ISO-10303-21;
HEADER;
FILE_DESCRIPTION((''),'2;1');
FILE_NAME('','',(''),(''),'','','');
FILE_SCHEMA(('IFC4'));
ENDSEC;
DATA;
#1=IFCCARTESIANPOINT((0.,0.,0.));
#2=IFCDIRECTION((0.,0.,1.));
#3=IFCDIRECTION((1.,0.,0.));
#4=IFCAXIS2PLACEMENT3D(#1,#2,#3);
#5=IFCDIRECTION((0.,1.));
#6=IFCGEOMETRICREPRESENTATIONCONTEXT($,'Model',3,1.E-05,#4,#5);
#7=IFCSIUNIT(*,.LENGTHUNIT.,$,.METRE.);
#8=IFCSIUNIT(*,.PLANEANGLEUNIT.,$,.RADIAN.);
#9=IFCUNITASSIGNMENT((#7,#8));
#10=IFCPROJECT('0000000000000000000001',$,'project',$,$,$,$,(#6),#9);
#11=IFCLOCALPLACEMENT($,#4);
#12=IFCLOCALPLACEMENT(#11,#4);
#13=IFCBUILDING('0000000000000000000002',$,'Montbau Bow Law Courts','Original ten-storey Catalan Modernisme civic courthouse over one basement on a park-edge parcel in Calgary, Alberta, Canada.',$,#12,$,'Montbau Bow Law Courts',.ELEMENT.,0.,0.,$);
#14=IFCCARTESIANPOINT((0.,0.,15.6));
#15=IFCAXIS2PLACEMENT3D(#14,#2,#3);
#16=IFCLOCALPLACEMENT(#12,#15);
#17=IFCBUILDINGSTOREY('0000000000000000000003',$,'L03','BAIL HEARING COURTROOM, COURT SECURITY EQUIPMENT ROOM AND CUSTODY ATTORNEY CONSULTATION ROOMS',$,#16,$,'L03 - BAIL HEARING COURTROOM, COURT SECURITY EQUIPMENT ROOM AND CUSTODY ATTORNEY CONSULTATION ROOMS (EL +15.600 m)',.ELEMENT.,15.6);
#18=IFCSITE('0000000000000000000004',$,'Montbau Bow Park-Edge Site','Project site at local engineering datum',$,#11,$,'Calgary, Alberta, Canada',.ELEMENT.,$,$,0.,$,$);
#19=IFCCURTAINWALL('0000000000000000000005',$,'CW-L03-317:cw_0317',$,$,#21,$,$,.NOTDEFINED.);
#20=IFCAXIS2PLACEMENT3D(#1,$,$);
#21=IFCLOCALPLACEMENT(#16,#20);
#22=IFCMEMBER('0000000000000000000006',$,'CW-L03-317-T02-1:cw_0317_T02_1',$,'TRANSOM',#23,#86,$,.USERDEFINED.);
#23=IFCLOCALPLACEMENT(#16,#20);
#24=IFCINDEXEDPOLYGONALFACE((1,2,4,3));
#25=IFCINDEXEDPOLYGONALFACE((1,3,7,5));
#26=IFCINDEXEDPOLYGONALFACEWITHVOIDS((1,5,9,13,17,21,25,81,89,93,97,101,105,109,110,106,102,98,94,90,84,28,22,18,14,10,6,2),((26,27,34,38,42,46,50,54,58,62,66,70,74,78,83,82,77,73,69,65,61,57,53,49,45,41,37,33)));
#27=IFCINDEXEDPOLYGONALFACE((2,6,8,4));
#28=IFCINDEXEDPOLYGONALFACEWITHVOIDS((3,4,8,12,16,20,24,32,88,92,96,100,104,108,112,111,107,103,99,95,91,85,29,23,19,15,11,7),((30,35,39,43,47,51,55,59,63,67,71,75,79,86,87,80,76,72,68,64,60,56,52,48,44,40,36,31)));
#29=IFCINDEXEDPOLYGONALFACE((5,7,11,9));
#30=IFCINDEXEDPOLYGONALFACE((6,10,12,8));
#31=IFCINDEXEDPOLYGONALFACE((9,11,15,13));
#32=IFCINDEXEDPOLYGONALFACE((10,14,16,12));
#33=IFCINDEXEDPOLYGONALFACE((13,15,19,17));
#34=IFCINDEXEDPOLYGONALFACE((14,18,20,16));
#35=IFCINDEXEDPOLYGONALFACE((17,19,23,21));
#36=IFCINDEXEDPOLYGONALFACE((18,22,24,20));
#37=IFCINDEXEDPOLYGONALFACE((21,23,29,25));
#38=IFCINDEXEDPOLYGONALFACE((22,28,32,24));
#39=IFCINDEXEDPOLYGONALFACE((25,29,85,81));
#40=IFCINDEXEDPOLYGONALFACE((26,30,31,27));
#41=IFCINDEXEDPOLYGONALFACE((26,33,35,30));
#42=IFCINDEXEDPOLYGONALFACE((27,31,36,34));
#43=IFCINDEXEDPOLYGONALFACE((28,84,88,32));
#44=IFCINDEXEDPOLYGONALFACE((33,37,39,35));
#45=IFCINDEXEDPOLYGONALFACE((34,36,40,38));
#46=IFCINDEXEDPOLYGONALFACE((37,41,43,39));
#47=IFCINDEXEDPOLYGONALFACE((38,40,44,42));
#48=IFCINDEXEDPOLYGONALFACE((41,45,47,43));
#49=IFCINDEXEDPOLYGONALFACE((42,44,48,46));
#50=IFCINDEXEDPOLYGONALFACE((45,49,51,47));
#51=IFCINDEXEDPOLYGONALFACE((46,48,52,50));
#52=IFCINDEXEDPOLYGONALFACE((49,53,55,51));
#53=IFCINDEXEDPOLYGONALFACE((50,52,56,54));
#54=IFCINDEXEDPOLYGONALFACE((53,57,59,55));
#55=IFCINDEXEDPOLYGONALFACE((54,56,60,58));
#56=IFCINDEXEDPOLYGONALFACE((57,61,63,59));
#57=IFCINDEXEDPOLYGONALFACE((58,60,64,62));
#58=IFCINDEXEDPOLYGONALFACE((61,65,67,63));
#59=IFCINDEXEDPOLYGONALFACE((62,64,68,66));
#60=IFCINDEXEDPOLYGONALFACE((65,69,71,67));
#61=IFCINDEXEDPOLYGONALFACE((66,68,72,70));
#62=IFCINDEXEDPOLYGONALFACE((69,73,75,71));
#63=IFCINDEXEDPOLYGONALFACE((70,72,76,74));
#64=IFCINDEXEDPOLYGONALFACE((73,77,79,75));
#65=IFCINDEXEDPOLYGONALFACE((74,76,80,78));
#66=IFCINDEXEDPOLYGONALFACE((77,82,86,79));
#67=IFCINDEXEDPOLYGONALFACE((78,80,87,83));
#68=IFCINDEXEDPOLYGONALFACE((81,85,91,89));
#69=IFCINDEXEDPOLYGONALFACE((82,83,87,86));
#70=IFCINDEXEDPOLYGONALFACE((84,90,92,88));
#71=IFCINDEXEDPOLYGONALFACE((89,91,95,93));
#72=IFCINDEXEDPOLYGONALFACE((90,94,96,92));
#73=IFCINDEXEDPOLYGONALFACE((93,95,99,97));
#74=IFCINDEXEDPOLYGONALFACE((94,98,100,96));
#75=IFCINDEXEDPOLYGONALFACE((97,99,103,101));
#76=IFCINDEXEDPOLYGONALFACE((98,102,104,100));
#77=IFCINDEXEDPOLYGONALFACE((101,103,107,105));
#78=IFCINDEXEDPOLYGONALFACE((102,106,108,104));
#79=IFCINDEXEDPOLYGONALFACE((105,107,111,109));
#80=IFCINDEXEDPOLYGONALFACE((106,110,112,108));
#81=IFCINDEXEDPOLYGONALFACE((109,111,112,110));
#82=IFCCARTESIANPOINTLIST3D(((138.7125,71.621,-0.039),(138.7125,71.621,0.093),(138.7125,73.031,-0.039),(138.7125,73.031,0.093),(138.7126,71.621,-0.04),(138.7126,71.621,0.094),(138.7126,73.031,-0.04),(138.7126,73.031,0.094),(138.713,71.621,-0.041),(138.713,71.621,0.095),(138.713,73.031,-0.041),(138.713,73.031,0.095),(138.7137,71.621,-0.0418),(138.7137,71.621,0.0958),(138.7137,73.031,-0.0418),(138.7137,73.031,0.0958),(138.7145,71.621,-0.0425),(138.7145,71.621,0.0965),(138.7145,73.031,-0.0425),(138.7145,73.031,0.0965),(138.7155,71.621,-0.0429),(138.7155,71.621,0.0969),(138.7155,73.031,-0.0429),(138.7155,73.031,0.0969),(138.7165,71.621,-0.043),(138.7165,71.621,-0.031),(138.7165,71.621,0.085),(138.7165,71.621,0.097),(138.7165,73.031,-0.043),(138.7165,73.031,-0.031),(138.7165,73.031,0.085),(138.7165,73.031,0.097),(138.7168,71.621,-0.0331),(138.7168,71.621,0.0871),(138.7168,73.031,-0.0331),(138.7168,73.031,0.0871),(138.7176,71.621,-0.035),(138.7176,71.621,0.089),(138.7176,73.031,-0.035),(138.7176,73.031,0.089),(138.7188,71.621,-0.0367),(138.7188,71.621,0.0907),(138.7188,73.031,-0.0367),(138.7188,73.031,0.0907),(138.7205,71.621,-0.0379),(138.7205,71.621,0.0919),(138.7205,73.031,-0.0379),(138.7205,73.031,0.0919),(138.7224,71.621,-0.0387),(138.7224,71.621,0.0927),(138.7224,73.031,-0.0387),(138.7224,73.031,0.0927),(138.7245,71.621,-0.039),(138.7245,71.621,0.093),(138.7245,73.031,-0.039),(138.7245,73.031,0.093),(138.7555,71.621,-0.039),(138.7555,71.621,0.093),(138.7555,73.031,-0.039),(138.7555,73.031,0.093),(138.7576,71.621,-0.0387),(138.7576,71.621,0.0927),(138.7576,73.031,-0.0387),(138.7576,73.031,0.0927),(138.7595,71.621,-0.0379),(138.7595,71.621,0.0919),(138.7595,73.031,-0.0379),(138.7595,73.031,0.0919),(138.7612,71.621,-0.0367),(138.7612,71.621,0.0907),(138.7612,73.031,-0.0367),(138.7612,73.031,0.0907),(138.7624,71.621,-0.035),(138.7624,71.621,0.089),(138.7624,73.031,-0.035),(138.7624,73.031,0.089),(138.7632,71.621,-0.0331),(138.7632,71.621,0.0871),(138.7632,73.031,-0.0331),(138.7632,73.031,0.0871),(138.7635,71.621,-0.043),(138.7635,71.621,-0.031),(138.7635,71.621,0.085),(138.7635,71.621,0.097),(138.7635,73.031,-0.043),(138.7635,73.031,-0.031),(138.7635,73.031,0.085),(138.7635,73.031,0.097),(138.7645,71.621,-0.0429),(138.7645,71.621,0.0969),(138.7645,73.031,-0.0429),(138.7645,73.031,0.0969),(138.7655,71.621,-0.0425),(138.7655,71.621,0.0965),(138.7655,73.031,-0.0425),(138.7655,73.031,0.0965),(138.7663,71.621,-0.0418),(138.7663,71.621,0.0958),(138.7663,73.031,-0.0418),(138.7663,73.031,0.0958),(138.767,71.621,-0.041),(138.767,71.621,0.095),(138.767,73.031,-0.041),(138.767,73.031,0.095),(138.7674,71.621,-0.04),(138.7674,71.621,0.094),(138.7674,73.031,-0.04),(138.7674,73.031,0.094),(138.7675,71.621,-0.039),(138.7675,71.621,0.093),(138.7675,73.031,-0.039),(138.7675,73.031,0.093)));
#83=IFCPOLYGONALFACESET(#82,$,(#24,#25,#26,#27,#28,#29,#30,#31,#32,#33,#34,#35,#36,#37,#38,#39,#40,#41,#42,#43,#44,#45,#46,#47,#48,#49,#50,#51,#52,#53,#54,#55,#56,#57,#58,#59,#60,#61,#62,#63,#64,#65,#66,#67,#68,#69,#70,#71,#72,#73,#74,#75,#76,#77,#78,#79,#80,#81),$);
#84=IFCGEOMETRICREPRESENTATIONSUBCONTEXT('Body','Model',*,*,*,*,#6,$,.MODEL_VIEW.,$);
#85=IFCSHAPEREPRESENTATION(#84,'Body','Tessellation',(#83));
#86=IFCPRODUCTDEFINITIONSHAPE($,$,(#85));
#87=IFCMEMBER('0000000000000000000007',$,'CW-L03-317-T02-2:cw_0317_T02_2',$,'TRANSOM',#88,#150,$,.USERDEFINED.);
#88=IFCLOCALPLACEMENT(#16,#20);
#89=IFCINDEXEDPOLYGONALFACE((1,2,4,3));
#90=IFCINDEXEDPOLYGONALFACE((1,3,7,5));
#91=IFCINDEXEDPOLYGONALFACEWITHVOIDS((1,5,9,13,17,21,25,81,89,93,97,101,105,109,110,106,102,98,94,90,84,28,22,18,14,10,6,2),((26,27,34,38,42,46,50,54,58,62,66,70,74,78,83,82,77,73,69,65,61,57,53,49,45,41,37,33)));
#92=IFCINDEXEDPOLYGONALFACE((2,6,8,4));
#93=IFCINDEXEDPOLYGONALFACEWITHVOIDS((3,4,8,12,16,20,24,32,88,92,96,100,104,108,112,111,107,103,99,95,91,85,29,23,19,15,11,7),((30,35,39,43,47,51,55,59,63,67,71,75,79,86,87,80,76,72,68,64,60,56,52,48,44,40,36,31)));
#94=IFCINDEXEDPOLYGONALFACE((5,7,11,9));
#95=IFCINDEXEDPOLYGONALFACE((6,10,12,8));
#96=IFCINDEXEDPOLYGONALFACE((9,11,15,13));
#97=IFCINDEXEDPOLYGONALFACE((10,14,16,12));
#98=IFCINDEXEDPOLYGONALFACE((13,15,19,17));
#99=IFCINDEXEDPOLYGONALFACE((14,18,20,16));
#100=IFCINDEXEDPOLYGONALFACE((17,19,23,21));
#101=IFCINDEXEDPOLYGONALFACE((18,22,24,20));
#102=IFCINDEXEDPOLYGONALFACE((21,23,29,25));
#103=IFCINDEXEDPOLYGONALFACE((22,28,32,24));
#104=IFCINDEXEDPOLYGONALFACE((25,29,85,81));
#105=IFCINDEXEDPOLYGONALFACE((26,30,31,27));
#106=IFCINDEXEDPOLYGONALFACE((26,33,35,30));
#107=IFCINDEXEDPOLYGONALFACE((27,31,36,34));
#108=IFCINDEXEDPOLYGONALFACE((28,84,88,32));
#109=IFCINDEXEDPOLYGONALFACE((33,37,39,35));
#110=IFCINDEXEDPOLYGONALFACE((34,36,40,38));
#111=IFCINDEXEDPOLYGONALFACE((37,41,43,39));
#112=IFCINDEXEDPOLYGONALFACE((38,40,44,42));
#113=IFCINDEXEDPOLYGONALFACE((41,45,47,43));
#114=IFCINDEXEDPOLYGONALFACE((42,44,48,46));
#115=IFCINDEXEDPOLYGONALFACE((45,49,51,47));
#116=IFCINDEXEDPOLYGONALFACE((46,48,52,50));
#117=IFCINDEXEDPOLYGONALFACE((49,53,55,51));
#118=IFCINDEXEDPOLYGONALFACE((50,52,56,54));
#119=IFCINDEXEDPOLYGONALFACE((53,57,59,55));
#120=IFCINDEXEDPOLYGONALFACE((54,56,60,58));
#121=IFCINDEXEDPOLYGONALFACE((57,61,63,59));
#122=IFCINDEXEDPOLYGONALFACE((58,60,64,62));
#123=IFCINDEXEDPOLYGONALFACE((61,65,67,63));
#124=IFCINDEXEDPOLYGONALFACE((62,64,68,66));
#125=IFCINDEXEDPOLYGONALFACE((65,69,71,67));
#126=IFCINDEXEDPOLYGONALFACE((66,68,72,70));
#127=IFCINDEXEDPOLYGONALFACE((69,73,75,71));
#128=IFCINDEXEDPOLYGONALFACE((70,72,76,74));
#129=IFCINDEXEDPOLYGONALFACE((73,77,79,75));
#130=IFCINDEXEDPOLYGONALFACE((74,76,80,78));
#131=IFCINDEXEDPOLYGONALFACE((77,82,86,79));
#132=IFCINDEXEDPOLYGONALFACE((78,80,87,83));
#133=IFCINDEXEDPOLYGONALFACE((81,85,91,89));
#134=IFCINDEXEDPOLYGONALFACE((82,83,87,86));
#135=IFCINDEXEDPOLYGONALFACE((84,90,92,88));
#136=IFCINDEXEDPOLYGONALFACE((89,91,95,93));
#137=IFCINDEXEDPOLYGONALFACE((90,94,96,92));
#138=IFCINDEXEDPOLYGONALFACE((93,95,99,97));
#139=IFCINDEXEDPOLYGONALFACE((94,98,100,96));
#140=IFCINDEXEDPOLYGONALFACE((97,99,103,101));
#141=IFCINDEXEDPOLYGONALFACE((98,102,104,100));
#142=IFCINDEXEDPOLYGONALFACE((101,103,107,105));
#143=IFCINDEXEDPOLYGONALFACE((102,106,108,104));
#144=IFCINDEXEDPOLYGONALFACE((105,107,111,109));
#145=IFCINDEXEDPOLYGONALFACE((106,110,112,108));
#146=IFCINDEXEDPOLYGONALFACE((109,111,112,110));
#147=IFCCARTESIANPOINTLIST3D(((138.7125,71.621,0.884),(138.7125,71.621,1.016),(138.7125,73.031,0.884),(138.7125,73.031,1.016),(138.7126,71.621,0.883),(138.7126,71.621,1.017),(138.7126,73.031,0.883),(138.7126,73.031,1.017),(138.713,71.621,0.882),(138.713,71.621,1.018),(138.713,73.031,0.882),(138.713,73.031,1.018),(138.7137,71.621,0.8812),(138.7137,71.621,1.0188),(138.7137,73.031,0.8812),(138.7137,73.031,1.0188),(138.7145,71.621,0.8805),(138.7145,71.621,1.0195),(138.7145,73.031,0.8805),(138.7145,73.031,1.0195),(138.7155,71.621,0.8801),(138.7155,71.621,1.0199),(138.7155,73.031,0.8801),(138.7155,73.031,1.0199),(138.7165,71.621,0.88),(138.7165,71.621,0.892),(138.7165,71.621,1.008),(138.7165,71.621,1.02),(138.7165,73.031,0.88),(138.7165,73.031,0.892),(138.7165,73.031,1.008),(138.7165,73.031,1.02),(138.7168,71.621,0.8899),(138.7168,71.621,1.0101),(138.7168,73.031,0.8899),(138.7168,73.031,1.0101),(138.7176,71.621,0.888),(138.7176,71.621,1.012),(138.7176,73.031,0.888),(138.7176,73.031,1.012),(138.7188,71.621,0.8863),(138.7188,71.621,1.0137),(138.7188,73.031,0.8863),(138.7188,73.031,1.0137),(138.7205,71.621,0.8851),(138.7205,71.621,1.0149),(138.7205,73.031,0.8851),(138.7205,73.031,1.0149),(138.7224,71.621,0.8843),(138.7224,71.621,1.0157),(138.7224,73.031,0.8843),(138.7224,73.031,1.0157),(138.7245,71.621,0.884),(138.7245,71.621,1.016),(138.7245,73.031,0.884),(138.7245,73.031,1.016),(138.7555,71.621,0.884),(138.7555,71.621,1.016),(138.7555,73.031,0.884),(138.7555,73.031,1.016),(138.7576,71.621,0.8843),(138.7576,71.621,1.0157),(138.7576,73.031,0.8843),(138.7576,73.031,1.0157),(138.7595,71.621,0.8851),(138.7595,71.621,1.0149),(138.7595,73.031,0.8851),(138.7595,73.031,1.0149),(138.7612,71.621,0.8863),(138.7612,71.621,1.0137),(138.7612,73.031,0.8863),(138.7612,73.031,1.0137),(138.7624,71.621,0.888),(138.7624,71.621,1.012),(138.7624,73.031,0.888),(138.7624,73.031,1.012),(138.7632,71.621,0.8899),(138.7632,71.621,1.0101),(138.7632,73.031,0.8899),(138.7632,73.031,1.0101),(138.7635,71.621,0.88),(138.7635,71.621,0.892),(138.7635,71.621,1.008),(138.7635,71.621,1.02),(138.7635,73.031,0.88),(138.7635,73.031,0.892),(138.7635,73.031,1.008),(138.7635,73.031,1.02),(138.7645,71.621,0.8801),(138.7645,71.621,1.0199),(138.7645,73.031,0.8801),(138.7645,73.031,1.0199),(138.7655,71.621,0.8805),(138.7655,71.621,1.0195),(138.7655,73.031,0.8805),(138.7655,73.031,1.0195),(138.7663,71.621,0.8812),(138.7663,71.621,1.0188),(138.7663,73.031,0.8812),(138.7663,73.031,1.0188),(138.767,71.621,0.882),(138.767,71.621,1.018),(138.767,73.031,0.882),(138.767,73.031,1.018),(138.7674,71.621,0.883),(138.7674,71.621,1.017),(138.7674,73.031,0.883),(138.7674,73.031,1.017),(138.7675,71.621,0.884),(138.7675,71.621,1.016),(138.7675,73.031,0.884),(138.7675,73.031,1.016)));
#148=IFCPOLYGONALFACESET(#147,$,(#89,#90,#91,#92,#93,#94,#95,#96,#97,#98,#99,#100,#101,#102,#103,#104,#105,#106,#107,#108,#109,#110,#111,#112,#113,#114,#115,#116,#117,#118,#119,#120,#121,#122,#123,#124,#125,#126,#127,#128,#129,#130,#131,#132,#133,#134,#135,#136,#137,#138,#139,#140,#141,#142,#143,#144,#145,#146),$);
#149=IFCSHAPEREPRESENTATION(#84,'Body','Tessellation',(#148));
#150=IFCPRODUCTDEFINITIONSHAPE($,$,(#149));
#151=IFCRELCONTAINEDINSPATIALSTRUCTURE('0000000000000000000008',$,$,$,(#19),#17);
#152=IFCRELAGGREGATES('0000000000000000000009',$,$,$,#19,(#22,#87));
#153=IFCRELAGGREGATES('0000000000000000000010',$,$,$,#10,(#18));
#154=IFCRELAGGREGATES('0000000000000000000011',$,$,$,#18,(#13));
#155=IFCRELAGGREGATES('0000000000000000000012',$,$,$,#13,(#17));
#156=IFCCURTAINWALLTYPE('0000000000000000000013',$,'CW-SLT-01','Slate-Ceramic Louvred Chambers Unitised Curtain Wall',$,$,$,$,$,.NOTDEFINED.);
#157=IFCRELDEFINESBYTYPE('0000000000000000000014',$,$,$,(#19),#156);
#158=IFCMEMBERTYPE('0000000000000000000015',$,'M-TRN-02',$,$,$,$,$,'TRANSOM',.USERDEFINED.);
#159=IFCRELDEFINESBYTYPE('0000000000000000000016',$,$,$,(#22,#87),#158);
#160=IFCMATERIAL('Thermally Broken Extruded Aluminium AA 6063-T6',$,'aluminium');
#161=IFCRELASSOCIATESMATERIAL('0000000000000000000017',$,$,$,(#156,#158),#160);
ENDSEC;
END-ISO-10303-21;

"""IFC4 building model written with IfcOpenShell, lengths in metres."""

from ifc_helpers import new_model, si_unit, direction, frame, origin_with_axes, origin_2d_with_axis, place, context, subcontext, project, spatial, hollow_rectangle, extrude, material, material_profile, profile_set, type_object, element, aggregate, save


model = new_model("IFC4")

# Units and contexts
model_context = context("Model", 3, precision=1e-05, world=origin_with_axes(), true_north=direction((0.0, 1.0)))
body_context = subcontext(model_context, "Body", "Model", "MODEL_VIEW")
ifc_project = project(units=[si_unit("LENGTHUNIT", "METRE"), si_unit("PLANEANGLEUNIT", "RADIAN")], contexts=[model_context])

# Site, building, storey
site_placement = place(None, origin_with_axes())
site = spatial("IfcSite", under=ifc_project, at=site_placement, Name="Montbau Bow Park-Edge Site", Description="Project site at local engineering datum", LongName="Calgary, Alberta, Canada", CompositionType="ELEMENT", RefElevation=0.0)
building_placement = place(site_placement, origin_with_axes())
building = spatial("IfcBuilding", under=site, at=building_placement, Name="Montbau Bow Law Courts", Description="Original ten-storey Catalan Modernisme civic courthouse over one basement on a park-edge parcel in Calgary, Alberta, Canada.", LongName="Montbau Bow Law Courts", CompositionType="ELEMENT", ElevationOfRefHeight=0.0, ElevationOfTerrain=0.0)
storey_placement = place(building_placement, frame((0.0, 0.0, 15.6), z_axis=(0.0, 0.0, 1.0), x_axis=(1.0, 0.0, 0.0)))
storey = spatial("IfcBuildingStorey", under=building, at=storey_placement, Name="L03", Description="BAIL HEARING COURTROOM, COURT SECURITY EQUIPMENT ROOM AND CUSTODY ATTORNEY CONSULTATION ROOMS", LongName="L03 - BAIL HEARING COURTROOM, COURT SECURITY EQUIPMENT ROOM AND CUSTODY ATTORNEY CONSULTATION ROOMS (EL +15.600 m)", CompositionType="ELEMENT", Elevation=15.6)

# Curtain wall, members
ifc_material_1 = material(Name="Thermally Broken Extruded Aluminium AA 6063-T6", Category="aluminium")
curtain_wall_type = type_object("IfcCurtainWallType", Name="CW-SLT-01", Description="Slate-Ceramic Louvred Chambers Unitised Curtain Wall", PredefinedType="NOTDEFINED", material=ifc_material_1)
curtain_wall_placement = place(None, frame((138.74, 70.115, 15.6), z_axis=(0.0, 0.0, 1.0), x_axis=(1.0, 0.0, 0.0)))
curtain_wall = element("IfcCurtainWall", 1, at=curtain_wall_placement, inside=storey, type_object=curtain_wall_type, Name="CW-L03-317:cw_0317", PredefinedType="NOTDEFINED")
ifc_material_profile_1 = material_profile(ifc_material_1, hollow_rectangle(XDim=0.055, YDim=0.14, WallThickness=0.004, InnerFilletRadius=0.008, OuterFilletRadius=0.004, at=origin_2d_with_axis()), Name="CWT-140X55", Category="Main", Priority=0)
ifc_profile_set_1 = profile_set([ifc_material_profile_1], Name="Thermally Broken Extruded Aluminium AA 6063-T6")
member_type_1 = type_object("IfcMemberType", Name="M-TRN-02", ElementType="TRANSOM", PredefinedType="USERDEFINED", material=ifc_profile_set_1)
member_1_placement = place(None, frame((138.74, 71.621, 15.627), z_axis=(0.0, 1.0, 0.0), x_axis=(-1.0, 0.0, 0.0)))
member_1 = element("IfcMember", 2, at=member_1_placement, type_object=member_type_1, Name="CW-L03-317-T02-1:cw_0317_T02_1", ObjectType="TRANSOM", PredefinedType="USERDEFINED", context=body_context, shape_type="SweptSolid", body=[
    extrude(hollow_rectangle(XDim=0.055, YDim=0.14, WallThickness=0.004, InnerFilletRadius=0.008, OuterFilletRadius=0.004, at=origin_2d_with_axis()), origin_with_axes(), (0.0, 0.0, 1.0), 1.41),
])
member_2_placement = place(None, frame((138.74, 71.621, 16.55), z_axis=(0.0, 1.0, 0.0), x_axis=(-1.0, 0.0, 0.0)))
member_2 = element("IfcMember", 3, at=member_2_placement, type_object=member_type_1, Name="CW-L03-317-T02-2:cw_0317_T02_2", ObjectType="TRANSOM", PredefinedType="USERDEFINED", context=body_context, shape_type="SweptSolid", body=[
    extrude(hollow_rectangle(XDim=0.055, YDim=0.14, WallThickness=0.004, InnerFilletRadius=0.008, OuterFilletRadius=0.004, at=origin_2d_with_axis()), origin_with_axes(), (0.0, 0.0, 1.0), 1.41),
])
aggregate(curtain_wall, [member_1, member_2])

save(model, "model.ifc")
